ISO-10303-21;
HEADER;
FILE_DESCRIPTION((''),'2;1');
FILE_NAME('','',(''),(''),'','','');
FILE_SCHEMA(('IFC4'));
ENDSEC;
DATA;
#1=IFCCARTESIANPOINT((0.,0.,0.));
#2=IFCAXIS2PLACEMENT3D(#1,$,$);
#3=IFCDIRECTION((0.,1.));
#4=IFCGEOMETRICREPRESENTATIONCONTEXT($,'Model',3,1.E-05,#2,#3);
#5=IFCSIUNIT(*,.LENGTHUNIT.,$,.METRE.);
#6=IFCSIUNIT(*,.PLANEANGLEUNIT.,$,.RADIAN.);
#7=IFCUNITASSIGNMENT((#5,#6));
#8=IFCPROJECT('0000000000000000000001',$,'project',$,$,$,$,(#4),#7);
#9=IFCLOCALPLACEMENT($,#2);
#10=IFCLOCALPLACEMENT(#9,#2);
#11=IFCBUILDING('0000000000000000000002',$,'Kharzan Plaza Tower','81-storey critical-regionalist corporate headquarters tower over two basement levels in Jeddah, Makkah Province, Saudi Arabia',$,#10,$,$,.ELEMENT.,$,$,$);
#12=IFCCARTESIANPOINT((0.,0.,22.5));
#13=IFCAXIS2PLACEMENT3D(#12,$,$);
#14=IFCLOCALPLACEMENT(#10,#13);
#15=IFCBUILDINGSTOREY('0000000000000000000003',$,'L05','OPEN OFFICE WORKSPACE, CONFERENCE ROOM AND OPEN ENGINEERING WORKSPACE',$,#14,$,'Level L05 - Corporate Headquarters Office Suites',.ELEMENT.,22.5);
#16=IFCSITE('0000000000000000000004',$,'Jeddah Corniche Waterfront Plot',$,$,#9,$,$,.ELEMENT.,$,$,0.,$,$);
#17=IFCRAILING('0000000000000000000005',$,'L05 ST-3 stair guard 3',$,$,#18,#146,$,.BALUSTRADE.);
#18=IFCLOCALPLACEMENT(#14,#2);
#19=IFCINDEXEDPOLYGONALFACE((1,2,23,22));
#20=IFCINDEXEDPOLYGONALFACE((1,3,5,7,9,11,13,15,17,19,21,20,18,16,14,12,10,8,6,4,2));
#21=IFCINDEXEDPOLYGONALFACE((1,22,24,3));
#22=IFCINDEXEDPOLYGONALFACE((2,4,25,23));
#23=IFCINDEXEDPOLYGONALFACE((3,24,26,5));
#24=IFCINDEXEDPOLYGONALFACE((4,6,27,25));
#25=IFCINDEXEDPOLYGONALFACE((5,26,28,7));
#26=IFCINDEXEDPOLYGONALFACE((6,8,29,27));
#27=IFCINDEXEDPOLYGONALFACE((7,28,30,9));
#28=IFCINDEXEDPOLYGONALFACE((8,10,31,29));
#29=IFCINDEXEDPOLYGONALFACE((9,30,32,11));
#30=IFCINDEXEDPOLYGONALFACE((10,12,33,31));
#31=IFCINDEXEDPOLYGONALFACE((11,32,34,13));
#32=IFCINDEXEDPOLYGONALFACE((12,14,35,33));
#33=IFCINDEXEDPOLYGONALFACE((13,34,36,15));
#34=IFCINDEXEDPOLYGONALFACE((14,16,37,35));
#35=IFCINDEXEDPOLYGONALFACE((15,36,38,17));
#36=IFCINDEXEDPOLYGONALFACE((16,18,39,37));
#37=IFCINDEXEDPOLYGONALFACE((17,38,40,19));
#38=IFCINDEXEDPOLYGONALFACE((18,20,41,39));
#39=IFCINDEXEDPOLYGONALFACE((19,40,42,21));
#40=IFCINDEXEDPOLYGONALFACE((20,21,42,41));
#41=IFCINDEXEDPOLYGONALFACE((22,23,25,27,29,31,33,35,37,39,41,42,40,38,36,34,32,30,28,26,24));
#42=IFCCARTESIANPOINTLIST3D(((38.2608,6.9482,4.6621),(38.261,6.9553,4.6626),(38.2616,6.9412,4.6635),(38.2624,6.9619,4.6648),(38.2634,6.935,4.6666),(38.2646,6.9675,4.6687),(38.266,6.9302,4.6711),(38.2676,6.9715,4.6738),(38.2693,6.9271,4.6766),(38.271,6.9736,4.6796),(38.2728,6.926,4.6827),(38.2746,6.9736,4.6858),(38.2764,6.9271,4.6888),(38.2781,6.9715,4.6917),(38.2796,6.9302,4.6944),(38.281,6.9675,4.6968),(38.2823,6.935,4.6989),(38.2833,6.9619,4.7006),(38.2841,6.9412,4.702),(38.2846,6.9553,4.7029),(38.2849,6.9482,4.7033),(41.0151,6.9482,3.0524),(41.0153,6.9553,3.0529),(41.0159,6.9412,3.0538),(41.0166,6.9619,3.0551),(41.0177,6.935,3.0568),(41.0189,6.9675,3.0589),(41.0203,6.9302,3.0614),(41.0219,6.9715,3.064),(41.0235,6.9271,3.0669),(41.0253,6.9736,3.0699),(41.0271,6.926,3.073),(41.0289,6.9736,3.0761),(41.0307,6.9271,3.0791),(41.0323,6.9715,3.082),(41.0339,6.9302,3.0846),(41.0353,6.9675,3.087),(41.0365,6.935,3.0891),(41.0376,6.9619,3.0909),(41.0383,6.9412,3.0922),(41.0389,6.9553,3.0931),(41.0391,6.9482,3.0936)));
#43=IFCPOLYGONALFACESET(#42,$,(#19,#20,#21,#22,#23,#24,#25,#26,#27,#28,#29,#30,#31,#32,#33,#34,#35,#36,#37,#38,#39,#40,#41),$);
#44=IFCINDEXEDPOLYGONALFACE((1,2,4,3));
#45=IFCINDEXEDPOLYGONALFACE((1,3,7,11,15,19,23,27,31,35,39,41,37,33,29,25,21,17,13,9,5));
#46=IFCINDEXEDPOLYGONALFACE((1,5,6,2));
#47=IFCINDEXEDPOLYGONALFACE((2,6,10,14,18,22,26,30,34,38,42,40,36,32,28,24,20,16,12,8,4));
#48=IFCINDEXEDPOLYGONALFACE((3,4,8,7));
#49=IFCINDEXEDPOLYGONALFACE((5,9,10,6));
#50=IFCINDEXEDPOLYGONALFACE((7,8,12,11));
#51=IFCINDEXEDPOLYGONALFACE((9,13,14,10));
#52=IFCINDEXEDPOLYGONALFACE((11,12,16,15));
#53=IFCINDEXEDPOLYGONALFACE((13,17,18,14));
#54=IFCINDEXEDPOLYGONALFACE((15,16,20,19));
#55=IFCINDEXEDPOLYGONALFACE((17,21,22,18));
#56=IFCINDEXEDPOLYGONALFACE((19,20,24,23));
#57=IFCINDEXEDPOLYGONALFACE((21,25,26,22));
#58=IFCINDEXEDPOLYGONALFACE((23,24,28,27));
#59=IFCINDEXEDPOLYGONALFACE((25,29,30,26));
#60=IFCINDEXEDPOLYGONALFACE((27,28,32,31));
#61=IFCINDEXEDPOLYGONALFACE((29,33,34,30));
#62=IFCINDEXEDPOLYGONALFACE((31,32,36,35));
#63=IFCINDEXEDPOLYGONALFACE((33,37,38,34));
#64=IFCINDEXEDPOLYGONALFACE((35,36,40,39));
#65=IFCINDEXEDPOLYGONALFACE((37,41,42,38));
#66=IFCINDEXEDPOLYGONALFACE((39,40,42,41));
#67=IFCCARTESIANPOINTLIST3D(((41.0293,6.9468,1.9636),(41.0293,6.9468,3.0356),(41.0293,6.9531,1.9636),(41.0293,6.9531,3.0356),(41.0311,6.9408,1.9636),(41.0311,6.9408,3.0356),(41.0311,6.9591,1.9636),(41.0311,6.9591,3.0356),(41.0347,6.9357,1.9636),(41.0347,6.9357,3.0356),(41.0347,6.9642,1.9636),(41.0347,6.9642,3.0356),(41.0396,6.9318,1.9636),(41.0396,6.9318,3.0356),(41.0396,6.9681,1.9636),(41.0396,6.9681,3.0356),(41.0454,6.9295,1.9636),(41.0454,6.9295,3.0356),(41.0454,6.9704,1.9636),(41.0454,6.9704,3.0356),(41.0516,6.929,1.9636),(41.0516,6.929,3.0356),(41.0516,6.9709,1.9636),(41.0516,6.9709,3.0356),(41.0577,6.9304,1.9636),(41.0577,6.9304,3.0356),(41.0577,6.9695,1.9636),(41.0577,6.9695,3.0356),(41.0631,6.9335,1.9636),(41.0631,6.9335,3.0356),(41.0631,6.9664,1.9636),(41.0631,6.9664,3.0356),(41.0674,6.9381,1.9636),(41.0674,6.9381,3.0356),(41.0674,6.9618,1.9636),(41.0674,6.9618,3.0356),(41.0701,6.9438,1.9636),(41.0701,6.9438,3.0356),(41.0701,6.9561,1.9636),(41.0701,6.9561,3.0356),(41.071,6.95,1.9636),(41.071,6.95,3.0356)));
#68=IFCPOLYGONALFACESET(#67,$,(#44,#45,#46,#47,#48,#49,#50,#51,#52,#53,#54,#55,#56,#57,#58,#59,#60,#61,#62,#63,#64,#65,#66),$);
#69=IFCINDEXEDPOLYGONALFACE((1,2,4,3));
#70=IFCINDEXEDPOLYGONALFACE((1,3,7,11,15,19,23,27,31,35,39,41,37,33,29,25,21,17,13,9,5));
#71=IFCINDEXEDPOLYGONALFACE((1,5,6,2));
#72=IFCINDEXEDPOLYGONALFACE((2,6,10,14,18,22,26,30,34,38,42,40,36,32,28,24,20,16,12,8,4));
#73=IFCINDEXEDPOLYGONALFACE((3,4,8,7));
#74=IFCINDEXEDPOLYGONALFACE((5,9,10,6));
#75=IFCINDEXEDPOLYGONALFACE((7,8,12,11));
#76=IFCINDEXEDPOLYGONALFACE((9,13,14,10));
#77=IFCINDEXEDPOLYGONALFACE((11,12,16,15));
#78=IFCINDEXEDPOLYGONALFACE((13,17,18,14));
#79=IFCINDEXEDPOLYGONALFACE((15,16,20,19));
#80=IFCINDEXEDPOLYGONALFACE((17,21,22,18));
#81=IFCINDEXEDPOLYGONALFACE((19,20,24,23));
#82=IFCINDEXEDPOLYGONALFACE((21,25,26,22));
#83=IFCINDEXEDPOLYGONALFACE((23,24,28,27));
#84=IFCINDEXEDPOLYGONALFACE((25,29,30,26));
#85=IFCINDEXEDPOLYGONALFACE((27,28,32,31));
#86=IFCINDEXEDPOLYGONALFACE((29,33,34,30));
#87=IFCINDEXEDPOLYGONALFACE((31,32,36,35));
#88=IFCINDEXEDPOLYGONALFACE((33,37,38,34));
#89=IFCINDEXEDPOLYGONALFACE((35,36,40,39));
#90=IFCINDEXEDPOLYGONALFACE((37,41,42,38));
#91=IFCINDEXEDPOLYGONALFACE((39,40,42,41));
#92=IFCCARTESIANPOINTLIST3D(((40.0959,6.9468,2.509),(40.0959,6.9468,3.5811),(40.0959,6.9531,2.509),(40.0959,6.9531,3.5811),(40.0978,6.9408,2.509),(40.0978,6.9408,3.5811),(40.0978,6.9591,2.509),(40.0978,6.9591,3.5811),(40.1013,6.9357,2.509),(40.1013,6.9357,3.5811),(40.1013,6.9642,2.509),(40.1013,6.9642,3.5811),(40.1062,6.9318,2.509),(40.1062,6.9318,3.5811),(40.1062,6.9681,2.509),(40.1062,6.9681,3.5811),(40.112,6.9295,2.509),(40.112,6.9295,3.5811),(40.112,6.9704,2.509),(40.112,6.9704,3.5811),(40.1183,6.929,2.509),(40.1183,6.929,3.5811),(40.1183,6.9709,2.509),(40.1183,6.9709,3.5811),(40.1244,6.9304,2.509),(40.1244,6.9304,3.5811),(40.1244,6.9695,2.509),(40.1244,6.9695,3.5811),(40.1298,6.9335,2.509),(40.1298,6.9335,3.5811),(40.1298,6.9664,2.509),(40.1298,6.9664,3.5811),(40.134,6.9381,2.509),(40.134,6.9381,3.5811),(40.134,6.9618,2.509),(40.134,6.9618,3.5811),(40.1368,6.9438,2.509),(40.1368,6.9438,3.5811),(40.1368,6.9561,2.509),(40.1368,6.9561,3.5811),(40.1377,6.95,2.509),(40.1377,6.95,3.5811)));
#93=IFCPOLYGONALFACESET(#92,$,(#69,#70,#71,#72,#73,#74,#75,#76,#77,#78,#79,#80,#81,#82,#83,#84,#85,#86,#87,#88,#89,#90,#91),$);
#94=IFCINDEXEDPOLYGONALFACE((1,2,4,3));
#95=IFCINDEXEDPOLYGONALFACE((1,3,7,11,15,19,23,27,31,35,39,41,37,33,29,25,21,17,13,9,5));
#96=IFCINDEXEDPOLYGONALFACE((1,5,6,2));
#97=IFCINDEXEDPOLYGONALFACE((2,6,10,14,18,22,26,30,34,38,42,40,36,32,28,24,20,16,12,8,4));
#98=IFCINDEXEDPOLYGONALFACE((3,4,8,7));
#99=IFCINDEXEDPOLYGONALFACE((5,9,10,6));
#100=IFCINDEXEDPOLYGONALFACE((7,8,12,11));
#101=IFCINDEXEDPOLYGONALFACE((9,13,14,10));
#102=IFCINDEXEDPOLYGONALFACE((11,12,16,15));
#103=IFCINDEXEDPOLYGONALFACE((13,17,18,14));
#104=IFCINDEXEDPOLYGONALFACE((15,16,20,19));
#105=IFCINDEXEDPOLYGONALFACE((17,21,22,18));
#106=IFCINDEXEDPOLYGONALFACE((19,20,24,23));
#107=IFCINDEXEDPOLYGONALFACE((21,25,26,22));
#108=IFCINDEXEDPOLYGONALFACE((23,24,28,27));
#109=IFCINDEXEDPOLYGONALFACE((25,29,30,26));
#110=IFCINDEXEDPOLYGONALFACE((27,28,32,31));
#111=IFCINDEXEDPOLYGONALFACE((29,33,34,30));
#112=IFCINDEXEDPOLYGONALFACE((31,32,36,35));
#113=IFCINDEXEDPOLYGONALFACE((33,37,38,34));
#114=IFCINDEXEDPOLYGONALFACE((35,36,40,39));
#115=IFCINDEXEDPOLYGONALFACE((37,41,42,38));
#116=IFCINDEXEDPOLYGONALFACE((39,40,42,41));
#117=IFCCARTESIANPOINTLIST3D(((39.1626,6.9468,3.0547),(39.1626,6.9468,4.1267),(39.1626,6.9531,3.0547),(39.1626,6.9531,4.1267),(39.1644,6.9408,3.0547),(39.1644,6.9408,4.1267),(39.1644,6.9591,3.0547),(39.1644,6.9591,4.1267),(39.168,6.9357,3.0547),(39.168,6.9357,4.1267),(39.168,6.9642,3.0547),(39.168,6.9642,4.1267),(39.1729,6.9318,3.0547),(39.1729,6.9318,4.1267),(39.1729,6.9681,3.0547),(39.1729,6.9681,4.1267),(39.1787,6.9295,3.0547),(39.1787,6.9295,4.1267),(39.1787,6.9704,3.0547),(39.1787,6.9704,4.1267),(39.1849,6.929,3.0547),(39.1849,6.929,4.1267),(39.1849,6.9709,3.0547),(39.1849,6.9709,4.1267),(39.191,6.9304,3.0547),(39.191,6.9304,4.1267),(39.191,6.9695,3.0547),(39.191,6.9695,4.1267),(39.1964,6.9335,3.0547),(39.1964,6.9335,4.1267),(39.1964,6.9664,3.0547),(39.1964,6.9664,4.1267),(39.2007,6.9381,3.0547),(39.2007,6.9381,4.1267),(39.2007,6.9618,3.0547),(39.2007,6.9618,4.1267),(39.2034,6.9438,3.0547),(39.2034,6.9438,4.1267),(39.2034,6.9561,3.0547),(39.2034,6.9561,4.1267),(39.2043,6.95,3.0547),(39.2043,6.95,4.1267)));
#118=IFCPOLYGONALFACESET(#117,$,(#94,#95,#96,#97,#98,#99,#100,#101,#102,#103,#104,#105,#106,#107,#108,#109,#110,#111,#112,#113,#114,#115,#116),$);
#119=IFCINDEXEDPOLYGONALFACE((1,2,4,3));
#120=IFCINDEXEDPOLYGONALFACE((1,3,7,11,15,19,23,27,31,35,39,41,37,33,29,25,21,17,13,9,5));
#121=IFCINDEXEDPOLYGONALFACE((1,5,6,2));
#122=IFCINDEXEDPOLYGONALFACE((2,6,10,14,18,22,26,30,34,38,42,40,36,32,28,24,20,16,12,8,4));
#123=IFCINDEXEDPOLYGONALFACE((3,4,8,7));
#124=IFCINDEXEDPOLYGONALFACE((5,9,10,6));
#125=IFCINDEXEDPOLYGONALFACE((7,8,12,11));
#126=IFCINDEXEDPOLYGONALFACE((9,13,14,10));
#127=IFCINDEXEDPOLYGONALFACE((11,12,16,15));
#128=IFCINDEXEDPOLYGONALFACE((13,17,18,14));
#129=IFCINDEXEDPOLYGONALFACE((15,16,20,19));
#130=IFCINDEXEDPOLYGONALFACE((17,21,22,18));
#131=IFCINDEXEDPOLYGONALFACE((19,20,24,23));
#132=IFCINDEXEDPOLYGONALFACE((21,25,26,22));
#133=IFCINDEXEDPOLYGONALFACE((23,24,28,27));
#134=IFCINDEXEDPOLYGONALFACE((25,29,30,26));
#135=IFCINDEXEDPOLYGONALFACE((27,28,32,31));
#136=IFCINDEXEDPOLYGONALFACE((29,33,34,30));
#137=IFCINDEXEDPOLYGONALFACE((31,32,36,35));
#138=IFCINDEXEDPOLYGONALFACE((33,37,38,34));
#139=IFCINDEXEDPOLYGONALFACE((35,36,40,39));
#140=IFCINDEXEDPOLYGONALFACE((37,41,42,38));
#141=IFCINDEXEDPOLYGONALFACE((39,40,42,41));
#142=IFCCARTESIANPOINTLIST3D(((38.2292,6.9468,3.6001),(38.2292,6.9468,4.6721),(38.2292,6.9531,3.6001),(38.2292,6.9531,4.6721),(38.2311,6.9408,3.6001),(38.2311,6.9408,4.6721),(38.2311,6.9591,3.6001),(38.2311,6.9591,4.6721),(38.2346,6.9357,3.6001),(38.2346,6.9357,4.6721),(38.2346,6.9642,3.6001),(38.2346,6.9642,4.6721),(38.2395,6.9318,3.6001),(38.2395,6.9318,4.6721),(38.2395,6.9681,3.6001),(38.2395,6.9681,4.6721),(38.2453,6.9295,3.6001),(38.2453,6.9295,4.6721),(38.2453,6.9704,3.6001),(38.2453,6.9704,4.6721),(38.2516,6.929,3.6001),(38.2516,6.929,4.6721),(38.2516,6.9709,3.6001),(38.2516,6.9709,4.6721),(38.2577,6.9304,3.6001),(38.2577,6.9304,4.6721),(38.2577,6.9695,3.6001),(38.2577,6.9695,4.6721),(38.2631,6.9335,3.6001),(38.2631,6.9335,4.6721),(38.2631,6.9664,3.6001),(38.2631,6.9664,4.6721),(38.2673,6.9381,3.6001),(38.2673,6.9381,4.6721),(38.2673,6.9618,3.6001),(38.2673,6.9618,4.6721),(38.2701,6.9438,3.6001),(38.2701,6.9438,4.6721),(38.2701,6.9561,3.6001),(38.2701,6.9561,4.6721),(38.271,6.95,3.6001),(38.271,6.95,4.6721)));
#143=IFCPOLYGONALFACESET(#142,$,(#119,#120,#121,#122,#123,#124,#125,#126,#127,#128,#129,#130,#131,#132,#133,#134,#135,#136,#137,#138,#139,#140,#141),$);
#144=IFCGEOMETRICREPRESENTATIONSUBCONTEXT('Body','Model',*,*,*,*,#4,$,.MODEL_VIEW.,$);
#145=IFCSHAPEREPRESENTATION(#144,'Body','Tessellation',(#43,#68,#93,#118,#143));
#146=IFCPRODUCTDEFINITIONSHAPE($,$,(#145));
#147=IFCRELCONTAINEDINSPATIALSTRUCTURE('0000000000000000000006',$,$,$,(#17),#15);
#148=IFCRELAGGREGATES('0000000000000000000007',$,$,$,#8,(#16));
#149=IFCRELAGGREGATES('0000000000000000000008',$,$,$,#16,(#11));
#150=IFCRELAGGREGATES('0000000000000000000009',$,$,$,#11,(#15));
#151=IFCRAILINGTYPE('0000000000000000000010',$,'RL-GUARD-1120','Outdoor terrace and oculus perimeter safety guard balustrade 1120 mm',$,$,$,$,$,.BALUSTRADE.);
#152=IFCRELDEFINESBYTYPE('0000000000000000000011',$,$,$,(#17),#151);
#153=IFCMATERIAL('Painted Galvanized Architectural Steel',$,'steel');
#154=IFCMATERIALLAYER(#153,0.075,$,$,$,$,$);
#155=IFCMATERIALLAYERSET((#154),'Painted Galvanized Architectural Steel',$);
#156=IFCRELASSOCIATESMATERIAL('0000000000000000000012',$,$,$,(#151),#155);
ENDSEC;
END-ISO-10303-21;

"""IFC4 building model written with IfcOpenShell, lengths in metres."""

from ifc_helpers import new_model, si_unit, direction, frame, origin, origin_2d, place, context, subcontext, project, spatial, circle, extrude, source, transform, mapped, material, layer, layer_set, type_object, element, save


model = new_model("IFC4")

# Units and contexts
model_context = context("Model", 3, precision=1e-05, world=origin(), true_north=direction((0.0, 1.0)))
body_context = subcontext(model_context, "Body", "Model", "MODEL_VIEW")
ifc_project = project(units=[si_unit("LENGTHUNIT", "METRE"), si_unit("PLANEANGLEUNIT", "RADIAN")], contexts=[model_context])

# Site, building, storey
site_placement = place(None, origin())
site = spatial("IfcSite", under=ifc_project, at=site_placement, Name="Jeddah Corniche Waterfront Plot", CompositionType="ELEMENT", RefElevation=0.0)
building_placement = place(site_placement, origin())
building = spatial("IfcBuilding", under=site, at=building_placement, Name="Kharzan Plaza Tower", Description="81-storey critical-regionalist corporate headquarters tower over two basement levels in Jeddah, Makkah Province, Saudi Arabia", CompositionType="ELEMENT")
storey_placement = place(building_placement, frame((0.0, 0.0, 22.5)))
storey = spatial("IfcBuildingStorey", under=building, at=storey_placement, Name="L05", Description="OPEN OFFICE WORKSPACE, CONFERENCE ROOM AND OPEN ENGINEERING WORKSPACE", LongName="Level L05 - Corporate Headquarters Office Suites", CompositionType="ELEMENT", Elevation=22.5)

# Railing
ifc_material_1 = material(Name="Painted Galvanized Architectural Steel", Category="steel")
ifc_layer_1 = layer(ifc_material_1, 0.075)
ifc_layer_set_1 = layer_set([ifc_layer_1], Name="Painted Galvanized Architectural Steel")
railing_type_1 = type_object("IfcRailingType", Name="RL-GUARD-1120", Description="Outdoor terrace and oculus perimeter safety guard balustrade 1120 mm", PredefinedType="BALUSTRADE", material=ifc_layer_set_1)
shared_shape_1 = source(origin(), body_context, "Body", "SweptSolid", [
    extrude(circle(Radius=0.0239, at=origin_2d()), frame((-0.0229, 0.0, 1.1094), z_axis=(-0.863361, 0.0, 0.504587), x_axis=(0.0, -1.0, 0.0)), (0.0, 0.0, 1.0), 3.1902),
    extrude(circle(Radius=0.021, at=origin_2d()), origin(), (0.0, 0.0, 1.0), 1.072),
    extrude(circle(Radius=0.021, at=origin_2d()), frame((-0.9333, 0.0, 0.5454)), (0.0, 0.0, 1.0), 1.072),
    extrude(circle(Radius=0.021, at=origin_2d()), frame((-1.8667, 0.0, 1.0911)), (0.0, 0.0, 1.0), 1.072),
    extrude(circle(Radius=0.021, at=origin_2d()), frame((-2.8, 0.0, 1.6365)), (0.0, 0.0, 1.0), 1.072),
])
railing_1_placement = place(storey_placement, frame((41.05, 6.95, 1.9636)))
element("IfcRailing", 1, at=railing_1_placement, inside=storey, type_object=railing_type_1, Name="L05 ST-3 stair guard 3", PredefinedType="BALUSTRADE", context=body_context, shape_type="MappedRepresentation", body=[
    mapped(shared_shape_1, transform((0.0, 0.0, 0.0), x_axis=(1.0, 0.0, 0.0), y_axis=(0.0, 1.0, 0.0), z_axis=(0.0, 0.0, 1.0))),
])

save(model, "model.ifc")
